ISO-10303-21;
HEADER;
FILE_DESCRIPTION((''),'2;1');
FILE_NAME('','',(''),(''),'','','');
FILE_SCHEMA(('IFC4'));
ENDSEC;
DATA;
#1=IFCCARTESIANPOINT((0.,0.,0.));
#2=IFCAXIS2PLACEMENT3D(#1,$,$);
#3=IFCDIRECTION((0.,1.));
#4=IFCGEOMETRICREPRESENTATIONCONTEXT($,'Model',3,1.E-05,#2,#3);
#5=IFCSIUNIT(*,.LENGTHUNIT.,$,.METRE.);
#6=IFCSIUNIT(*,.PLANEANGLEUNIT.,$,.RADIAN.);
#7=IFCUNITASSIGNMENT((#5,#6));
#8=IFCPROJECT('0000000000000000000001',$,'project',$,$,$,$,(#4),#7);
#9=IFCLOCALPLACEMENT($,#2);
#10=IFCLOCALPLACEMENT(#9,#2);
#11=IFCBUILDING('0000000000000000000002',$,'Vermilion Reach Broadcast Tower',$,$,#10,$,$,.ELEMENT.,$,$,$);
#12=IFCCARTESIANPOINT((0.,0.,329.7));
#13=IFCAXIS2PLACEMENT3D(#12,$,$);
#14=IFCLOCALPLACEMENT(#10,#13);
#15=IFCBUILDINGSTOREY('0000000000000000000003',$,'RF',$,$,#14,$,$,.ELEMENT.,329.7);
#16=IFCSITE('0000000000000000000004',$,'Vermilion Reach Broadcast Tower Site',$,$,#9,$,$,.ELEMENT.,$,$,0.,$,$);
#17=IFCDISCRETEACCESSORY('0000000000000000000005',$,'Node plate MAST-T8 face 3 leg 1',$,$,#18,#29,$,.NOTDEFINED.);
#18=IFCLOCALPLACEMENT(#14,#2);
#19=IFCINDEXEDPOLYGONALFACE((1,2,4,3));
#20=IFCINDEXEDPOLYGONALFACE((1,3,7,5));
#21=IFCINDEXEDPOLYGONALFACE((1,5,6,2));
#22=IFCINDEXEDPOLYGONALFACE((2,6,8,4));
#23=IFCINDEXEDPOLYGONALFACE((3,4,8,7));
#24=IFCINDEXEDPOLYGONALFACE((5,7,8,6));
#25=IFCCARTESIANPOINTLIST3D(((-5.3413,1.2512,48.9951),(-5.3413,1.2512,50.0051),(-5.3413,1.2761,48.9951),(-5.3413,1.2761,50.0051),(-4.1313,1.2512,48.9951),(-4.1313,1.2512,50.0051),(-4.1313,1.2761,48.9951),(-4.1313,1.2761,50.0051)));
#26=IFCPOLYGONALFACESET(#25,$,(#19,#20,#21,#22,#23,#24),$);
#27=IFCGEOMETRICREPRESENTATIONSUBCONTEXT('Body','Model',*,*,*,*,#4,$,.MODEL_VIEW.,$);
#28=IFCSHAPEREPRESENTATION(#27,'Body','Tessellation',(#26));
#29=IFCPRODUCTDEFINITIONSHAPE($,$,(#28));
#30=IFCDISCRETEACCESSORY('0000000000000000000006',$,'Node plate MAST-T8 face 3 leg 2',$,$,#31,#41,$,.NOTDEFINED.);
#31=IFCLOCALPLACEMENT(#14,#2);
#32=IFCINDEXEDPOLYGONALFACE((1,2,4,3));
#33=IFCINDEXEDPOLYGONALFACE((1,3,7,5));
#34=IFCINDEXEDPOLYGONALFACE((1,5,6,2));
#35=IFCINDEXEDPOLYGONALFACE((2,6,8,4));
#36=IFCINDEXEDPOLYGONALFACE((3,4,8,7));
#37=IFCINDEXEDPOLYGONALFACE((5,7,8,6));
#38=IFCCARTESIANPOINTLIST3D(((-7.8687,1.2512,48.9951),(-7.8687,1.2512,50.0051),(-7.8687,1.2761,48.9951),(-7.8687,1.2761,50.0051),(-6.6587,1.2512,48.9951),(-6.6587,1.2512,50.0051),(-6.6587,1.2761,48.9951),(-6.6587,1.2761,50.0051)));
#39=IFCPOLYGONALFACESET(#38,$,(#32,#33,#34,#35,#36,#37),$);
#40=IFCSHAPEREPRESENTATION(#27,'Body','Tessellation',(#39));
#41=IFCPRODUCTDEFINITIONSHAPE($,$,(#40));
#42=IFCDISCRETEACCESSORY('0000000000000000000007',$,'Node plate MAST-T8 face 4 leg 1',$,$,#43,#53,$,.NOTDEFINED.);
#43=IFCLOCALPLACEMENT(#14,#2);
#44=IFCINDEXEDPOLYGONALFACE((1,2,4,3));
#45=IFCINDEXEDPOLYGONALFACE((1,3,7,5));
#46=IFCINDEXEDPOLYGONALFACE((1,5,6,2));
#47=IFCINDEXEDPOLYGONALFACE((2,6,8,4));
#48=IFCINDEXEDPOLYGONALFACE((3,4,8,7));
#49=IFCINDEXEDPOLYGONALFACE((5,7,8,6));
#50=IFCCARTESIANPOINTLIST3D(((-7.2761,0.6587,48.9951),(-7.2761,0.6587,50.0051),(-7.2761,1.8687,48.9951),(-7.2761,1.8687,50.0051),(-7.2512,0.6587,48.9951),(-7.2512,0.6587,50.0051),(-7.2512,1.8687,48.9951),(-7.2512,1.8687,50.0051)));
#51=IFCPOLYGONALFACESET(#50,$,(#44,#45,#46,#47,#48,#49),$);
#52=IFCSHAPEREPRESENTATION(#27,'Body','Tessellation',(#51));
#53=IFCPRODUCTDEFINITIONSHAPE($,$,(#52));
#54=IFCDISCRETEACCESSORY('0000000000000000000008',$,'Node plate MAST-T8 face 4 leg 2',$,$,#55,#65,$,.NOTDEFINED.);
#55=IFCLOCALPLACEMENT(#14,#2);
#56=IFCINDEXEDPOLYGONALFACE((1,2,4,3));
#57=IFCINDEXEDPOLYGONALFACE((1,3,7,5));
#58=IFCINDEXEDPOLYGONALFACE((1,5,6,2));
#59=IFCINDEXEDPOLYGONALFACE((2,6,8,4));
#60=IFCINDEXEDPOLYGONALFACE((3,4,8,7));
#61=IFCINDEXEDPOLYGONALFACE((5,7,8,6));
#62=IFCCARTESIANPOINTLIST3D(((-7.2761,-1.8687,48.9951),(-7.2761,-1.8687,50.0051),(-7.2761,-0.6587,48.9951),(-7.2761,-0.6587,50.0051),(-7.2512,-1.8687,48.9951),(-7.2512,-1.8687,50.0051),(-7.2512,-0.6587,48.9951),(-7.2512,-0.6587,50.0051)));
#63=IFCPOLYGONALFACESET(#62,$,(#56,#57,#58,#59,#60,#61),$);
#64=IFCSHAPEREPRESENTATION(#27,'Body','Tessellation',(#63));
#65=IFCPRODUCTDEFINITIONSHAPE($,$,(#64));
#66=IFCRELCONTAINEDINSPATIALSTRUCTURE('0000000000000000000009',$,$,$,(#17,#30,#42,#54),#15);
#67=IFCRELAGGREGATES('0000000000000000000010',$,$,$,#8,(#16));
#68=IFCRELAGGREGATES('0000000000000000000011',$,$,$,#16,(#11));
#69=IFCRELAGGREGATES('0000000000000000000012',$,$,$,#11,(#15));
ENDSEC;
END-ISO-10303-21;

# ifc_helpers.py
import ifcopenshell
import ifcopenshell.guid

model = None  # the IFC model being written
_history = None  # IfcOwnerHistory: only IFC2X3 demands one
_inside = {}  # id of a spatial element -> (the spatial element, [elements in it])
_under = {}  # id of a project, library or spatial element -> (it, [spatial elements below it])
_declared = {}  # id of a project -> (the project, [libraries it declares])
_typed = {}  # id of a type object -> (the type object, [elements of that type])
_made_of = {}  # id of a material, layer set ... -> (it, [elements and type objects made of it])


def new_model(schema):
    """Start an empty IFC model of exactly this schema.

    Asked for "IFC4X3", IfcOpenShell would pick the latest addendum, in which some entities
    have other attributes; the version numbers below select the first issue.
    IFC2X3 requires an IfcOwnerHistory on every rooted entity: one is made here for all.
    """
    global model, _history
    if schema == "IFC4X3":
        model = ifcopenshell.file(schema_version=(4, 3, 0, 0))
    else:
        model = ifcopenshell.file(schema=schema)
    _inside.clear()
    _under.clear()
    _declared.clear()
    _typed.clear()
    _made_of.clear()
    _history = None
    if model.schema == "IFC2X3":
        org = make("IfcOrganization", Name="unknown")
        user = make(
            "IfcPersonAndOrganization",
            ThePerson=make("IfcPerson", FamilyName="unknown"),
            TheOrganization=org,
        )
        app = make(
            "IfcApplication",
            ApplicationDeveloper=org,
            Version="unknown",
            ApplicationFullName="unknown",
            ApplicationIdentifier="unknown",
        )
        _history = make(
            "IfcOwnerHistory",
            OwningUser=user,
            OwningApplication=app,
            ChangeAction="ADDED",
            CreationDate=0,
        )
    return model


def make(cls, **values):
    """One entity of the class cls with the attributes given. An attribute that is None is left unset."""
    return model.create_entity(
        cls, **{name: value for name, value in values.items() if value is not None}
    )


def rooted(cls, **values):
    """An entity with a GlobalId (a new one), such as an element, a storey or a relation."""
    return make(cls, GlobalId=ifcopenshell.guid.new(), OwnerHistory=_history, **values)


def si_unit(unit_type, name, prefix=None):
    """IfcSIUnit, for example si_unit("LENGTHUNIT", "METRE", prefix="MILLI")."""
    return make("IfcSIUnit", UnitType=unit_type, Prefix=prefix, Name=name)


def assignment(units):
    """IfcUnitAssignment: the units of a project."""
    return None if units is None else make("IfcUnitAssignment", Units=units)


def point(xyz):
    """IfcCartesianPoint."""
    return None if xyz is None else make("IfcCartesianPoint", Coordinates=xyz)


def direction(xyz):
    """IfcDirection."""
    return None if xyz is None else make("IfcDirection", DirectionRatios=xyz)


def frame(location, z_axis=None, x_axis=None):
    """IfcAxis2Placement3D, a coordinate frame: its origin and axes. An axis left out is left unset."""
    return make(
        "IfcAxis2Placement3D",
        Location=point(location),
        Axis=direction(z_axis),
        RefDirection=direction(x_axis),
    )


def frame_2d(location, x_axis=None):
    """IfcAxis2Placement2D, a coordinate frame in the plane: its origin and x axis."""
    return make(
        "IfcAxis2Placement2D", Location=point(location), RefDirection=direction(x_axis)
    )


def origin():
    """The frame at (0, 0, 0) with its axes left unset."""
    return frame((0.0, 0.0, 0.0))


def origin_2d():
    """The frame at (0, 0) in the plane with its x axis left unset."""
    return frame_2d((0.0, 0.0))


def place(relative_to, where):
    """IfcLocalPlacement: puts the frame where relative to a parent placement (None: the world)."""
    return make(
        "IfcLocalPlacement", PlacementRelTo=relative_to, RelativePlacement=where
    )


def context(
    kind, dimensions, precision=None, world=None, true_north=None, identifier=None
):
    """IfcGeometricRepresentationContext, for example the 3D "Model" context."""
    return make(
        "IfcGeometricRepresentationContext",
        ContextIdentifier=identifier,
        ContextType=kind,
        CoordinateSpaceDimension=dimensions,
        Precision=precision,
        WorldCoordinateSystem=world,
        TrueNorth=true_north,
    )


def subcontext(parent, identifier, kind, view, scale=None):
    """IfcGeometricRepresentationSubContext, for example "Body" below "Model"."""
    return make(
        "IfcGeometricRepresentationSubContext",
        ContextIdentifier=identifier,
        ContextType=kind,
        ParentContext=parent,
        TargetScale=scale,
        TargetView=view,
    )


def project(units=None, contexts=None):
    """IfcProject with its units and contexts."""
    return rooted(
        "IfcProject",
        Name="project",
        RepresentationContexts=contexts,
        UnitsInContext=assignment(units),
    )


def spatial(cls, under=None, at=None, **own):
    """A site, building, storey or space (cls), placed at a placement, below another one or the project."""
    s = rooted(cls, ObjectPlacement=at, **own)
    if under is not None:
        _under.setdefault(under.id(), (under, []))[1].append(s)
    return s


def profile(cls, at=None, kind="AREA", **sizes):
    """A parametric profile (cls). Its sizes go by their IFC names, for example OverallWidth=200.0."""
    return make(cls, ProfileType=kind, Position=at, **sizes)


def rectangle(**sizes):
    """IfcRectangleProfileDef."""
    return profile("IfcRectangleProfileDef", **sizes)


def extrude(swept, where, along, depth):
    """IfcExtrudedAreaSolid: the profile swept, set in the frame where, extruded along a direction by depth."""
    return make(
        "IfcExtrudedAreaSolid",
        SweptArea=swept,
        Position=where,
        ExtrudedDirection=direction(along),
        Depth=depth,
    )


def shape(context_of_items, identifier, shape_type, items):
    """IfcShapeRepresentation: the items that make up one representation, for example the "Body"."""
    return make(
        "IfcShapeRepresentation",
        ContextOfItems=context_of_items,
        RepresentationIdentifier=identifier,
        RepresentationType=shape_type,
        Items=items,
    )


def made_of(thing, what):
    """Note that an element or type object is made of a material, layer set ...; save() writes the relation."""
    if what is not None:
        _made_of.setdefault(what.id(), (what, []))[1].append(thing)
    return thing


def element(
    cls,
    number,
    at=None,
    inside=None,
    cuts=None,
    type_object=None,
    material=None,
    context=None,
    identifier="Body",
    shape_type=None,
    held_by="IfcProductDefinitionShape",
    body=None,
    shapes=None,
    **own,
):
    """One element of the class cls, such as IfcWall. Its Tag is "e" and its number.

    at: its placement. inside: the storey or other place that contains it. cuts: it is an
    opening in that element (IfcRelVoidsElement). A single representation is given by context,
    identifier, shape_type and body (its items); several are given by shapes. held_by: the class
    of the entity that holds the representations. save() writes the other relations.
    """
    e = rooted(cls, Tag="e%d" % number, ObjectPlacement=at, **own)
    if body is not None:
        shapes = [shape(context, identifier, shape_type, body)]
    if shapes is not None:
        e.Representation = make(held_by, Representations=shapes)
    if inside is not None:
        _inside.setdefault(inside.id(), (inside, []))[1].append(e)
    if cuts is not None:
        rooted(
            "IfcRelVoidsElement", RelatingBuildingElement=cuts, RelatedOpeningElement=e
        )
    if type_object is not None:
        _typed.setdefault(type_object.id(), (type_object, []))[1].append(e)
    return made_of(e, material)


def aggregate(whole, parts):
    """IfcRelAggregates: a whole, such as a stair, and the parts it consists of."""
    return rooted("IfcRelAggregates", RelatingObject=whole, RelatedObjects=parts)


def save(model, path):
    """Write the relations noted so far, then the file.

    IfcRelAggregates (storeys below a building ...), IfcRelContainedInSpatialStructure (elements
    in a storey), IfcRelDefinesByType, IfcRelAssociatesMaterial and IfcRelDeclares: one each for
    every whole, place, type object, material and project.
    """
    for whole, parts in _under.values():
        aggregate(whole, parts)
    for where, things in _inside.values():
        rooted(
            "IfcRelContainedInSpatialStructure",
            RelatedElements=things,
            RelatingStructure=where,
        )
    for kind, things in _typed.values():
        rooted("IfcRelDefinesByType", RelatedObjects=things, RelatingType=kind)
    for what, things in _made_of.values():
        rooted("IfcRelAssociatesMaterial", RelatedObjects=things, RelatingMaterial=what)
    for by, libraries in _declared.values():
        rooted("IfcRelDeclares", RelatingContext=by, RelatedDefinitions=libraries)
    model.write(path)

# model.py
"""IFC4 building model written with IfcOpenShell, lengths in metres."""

from ifc_helpers import new_model, si_unit, direction, frame, origin, origin_2d, place, context, subcontext, project, spatial, rectangle, extrude, element, save


model = new_model("IFC4")

# Units and contexts
model_context = context("Model", 3, precision=1e-05, world=origin(), true_north=direction((0.0, 1.0)))
body_context = subcontext(model_context, "Body", "Model", "MODEL_VIEW")
ifc_project = project(units=[si_unit("LENGTHUNIT", "METRE"), si_unit("PLANEANGLEUNIT", "RADIAN")], contexts=[model_context])

# Site, building, storey
site_placement = place(None, origin())
site = spatial("IfcSite", under=ifc_project, at=site_placement, Name="Vermilion Reach Broadcast Tower Site", CompositionType="ELEMENT", RefElevation=0.0)
building_placement = place(site_placement, origin())
building = spatial("IfcBuilding", under=site, at=building_placement, Name="Vermilion Reach Broadcast Tower", CompositionType="ELEMENT")
storey_placement = place(building_placement, frame((0.0, 0.0, 329.7)))
storey = spatial("IfcBuildingStorey", under=building, at=storey_placement, Name="RF", CompositionType="ELEMENT", Elevation=329.7)

# Discrete accessories
for number, where, z_axis, x_axis, name in (
    (1, (-4.7363, 1.2637, 48.9951), (0.0, 0.0, 1.0), (0.0, -1.0, 0.0), "Node plate MAST-T8 face 3 leg 1"),
    (2, (-7.2637, 1.2637, 48.9951), (0.0, 0.0, 1.0), (0.0, -1.0, 0.0), "Node plate MAST-T8 face 3 leg 2"),
    (3, (-7.2637, 1.2637, 48.9951), (0.0, 0.0, 1.0), (1.0, 0.0, 0.0), "Node plate MAST-T8 face 4 leg 1"),
    (4, (-7.2637, -1.2637, 48.9951), (0.0, 0.0, 1.0), (1.0, 0.0, 0.0), "Node plate MAST-T8 face 4 leg 2"),
):
    element("IfcDiscreteAccessory", number, at=place(storey_placement, frame(where, z_axis=z_axis, x_axis=x_axis)), inside=storey, Name=name, PredefinedType="NOTDEFINED", context=body_context, shape_type="SweptSolid", body=[
        extrude(rectangle(XDim=0.0249, YDim=1.21, at=origin_2d()), origin(), (0.0, 0.0, 1.0), 1.01),
    ])

save(model, "model.ifc")
